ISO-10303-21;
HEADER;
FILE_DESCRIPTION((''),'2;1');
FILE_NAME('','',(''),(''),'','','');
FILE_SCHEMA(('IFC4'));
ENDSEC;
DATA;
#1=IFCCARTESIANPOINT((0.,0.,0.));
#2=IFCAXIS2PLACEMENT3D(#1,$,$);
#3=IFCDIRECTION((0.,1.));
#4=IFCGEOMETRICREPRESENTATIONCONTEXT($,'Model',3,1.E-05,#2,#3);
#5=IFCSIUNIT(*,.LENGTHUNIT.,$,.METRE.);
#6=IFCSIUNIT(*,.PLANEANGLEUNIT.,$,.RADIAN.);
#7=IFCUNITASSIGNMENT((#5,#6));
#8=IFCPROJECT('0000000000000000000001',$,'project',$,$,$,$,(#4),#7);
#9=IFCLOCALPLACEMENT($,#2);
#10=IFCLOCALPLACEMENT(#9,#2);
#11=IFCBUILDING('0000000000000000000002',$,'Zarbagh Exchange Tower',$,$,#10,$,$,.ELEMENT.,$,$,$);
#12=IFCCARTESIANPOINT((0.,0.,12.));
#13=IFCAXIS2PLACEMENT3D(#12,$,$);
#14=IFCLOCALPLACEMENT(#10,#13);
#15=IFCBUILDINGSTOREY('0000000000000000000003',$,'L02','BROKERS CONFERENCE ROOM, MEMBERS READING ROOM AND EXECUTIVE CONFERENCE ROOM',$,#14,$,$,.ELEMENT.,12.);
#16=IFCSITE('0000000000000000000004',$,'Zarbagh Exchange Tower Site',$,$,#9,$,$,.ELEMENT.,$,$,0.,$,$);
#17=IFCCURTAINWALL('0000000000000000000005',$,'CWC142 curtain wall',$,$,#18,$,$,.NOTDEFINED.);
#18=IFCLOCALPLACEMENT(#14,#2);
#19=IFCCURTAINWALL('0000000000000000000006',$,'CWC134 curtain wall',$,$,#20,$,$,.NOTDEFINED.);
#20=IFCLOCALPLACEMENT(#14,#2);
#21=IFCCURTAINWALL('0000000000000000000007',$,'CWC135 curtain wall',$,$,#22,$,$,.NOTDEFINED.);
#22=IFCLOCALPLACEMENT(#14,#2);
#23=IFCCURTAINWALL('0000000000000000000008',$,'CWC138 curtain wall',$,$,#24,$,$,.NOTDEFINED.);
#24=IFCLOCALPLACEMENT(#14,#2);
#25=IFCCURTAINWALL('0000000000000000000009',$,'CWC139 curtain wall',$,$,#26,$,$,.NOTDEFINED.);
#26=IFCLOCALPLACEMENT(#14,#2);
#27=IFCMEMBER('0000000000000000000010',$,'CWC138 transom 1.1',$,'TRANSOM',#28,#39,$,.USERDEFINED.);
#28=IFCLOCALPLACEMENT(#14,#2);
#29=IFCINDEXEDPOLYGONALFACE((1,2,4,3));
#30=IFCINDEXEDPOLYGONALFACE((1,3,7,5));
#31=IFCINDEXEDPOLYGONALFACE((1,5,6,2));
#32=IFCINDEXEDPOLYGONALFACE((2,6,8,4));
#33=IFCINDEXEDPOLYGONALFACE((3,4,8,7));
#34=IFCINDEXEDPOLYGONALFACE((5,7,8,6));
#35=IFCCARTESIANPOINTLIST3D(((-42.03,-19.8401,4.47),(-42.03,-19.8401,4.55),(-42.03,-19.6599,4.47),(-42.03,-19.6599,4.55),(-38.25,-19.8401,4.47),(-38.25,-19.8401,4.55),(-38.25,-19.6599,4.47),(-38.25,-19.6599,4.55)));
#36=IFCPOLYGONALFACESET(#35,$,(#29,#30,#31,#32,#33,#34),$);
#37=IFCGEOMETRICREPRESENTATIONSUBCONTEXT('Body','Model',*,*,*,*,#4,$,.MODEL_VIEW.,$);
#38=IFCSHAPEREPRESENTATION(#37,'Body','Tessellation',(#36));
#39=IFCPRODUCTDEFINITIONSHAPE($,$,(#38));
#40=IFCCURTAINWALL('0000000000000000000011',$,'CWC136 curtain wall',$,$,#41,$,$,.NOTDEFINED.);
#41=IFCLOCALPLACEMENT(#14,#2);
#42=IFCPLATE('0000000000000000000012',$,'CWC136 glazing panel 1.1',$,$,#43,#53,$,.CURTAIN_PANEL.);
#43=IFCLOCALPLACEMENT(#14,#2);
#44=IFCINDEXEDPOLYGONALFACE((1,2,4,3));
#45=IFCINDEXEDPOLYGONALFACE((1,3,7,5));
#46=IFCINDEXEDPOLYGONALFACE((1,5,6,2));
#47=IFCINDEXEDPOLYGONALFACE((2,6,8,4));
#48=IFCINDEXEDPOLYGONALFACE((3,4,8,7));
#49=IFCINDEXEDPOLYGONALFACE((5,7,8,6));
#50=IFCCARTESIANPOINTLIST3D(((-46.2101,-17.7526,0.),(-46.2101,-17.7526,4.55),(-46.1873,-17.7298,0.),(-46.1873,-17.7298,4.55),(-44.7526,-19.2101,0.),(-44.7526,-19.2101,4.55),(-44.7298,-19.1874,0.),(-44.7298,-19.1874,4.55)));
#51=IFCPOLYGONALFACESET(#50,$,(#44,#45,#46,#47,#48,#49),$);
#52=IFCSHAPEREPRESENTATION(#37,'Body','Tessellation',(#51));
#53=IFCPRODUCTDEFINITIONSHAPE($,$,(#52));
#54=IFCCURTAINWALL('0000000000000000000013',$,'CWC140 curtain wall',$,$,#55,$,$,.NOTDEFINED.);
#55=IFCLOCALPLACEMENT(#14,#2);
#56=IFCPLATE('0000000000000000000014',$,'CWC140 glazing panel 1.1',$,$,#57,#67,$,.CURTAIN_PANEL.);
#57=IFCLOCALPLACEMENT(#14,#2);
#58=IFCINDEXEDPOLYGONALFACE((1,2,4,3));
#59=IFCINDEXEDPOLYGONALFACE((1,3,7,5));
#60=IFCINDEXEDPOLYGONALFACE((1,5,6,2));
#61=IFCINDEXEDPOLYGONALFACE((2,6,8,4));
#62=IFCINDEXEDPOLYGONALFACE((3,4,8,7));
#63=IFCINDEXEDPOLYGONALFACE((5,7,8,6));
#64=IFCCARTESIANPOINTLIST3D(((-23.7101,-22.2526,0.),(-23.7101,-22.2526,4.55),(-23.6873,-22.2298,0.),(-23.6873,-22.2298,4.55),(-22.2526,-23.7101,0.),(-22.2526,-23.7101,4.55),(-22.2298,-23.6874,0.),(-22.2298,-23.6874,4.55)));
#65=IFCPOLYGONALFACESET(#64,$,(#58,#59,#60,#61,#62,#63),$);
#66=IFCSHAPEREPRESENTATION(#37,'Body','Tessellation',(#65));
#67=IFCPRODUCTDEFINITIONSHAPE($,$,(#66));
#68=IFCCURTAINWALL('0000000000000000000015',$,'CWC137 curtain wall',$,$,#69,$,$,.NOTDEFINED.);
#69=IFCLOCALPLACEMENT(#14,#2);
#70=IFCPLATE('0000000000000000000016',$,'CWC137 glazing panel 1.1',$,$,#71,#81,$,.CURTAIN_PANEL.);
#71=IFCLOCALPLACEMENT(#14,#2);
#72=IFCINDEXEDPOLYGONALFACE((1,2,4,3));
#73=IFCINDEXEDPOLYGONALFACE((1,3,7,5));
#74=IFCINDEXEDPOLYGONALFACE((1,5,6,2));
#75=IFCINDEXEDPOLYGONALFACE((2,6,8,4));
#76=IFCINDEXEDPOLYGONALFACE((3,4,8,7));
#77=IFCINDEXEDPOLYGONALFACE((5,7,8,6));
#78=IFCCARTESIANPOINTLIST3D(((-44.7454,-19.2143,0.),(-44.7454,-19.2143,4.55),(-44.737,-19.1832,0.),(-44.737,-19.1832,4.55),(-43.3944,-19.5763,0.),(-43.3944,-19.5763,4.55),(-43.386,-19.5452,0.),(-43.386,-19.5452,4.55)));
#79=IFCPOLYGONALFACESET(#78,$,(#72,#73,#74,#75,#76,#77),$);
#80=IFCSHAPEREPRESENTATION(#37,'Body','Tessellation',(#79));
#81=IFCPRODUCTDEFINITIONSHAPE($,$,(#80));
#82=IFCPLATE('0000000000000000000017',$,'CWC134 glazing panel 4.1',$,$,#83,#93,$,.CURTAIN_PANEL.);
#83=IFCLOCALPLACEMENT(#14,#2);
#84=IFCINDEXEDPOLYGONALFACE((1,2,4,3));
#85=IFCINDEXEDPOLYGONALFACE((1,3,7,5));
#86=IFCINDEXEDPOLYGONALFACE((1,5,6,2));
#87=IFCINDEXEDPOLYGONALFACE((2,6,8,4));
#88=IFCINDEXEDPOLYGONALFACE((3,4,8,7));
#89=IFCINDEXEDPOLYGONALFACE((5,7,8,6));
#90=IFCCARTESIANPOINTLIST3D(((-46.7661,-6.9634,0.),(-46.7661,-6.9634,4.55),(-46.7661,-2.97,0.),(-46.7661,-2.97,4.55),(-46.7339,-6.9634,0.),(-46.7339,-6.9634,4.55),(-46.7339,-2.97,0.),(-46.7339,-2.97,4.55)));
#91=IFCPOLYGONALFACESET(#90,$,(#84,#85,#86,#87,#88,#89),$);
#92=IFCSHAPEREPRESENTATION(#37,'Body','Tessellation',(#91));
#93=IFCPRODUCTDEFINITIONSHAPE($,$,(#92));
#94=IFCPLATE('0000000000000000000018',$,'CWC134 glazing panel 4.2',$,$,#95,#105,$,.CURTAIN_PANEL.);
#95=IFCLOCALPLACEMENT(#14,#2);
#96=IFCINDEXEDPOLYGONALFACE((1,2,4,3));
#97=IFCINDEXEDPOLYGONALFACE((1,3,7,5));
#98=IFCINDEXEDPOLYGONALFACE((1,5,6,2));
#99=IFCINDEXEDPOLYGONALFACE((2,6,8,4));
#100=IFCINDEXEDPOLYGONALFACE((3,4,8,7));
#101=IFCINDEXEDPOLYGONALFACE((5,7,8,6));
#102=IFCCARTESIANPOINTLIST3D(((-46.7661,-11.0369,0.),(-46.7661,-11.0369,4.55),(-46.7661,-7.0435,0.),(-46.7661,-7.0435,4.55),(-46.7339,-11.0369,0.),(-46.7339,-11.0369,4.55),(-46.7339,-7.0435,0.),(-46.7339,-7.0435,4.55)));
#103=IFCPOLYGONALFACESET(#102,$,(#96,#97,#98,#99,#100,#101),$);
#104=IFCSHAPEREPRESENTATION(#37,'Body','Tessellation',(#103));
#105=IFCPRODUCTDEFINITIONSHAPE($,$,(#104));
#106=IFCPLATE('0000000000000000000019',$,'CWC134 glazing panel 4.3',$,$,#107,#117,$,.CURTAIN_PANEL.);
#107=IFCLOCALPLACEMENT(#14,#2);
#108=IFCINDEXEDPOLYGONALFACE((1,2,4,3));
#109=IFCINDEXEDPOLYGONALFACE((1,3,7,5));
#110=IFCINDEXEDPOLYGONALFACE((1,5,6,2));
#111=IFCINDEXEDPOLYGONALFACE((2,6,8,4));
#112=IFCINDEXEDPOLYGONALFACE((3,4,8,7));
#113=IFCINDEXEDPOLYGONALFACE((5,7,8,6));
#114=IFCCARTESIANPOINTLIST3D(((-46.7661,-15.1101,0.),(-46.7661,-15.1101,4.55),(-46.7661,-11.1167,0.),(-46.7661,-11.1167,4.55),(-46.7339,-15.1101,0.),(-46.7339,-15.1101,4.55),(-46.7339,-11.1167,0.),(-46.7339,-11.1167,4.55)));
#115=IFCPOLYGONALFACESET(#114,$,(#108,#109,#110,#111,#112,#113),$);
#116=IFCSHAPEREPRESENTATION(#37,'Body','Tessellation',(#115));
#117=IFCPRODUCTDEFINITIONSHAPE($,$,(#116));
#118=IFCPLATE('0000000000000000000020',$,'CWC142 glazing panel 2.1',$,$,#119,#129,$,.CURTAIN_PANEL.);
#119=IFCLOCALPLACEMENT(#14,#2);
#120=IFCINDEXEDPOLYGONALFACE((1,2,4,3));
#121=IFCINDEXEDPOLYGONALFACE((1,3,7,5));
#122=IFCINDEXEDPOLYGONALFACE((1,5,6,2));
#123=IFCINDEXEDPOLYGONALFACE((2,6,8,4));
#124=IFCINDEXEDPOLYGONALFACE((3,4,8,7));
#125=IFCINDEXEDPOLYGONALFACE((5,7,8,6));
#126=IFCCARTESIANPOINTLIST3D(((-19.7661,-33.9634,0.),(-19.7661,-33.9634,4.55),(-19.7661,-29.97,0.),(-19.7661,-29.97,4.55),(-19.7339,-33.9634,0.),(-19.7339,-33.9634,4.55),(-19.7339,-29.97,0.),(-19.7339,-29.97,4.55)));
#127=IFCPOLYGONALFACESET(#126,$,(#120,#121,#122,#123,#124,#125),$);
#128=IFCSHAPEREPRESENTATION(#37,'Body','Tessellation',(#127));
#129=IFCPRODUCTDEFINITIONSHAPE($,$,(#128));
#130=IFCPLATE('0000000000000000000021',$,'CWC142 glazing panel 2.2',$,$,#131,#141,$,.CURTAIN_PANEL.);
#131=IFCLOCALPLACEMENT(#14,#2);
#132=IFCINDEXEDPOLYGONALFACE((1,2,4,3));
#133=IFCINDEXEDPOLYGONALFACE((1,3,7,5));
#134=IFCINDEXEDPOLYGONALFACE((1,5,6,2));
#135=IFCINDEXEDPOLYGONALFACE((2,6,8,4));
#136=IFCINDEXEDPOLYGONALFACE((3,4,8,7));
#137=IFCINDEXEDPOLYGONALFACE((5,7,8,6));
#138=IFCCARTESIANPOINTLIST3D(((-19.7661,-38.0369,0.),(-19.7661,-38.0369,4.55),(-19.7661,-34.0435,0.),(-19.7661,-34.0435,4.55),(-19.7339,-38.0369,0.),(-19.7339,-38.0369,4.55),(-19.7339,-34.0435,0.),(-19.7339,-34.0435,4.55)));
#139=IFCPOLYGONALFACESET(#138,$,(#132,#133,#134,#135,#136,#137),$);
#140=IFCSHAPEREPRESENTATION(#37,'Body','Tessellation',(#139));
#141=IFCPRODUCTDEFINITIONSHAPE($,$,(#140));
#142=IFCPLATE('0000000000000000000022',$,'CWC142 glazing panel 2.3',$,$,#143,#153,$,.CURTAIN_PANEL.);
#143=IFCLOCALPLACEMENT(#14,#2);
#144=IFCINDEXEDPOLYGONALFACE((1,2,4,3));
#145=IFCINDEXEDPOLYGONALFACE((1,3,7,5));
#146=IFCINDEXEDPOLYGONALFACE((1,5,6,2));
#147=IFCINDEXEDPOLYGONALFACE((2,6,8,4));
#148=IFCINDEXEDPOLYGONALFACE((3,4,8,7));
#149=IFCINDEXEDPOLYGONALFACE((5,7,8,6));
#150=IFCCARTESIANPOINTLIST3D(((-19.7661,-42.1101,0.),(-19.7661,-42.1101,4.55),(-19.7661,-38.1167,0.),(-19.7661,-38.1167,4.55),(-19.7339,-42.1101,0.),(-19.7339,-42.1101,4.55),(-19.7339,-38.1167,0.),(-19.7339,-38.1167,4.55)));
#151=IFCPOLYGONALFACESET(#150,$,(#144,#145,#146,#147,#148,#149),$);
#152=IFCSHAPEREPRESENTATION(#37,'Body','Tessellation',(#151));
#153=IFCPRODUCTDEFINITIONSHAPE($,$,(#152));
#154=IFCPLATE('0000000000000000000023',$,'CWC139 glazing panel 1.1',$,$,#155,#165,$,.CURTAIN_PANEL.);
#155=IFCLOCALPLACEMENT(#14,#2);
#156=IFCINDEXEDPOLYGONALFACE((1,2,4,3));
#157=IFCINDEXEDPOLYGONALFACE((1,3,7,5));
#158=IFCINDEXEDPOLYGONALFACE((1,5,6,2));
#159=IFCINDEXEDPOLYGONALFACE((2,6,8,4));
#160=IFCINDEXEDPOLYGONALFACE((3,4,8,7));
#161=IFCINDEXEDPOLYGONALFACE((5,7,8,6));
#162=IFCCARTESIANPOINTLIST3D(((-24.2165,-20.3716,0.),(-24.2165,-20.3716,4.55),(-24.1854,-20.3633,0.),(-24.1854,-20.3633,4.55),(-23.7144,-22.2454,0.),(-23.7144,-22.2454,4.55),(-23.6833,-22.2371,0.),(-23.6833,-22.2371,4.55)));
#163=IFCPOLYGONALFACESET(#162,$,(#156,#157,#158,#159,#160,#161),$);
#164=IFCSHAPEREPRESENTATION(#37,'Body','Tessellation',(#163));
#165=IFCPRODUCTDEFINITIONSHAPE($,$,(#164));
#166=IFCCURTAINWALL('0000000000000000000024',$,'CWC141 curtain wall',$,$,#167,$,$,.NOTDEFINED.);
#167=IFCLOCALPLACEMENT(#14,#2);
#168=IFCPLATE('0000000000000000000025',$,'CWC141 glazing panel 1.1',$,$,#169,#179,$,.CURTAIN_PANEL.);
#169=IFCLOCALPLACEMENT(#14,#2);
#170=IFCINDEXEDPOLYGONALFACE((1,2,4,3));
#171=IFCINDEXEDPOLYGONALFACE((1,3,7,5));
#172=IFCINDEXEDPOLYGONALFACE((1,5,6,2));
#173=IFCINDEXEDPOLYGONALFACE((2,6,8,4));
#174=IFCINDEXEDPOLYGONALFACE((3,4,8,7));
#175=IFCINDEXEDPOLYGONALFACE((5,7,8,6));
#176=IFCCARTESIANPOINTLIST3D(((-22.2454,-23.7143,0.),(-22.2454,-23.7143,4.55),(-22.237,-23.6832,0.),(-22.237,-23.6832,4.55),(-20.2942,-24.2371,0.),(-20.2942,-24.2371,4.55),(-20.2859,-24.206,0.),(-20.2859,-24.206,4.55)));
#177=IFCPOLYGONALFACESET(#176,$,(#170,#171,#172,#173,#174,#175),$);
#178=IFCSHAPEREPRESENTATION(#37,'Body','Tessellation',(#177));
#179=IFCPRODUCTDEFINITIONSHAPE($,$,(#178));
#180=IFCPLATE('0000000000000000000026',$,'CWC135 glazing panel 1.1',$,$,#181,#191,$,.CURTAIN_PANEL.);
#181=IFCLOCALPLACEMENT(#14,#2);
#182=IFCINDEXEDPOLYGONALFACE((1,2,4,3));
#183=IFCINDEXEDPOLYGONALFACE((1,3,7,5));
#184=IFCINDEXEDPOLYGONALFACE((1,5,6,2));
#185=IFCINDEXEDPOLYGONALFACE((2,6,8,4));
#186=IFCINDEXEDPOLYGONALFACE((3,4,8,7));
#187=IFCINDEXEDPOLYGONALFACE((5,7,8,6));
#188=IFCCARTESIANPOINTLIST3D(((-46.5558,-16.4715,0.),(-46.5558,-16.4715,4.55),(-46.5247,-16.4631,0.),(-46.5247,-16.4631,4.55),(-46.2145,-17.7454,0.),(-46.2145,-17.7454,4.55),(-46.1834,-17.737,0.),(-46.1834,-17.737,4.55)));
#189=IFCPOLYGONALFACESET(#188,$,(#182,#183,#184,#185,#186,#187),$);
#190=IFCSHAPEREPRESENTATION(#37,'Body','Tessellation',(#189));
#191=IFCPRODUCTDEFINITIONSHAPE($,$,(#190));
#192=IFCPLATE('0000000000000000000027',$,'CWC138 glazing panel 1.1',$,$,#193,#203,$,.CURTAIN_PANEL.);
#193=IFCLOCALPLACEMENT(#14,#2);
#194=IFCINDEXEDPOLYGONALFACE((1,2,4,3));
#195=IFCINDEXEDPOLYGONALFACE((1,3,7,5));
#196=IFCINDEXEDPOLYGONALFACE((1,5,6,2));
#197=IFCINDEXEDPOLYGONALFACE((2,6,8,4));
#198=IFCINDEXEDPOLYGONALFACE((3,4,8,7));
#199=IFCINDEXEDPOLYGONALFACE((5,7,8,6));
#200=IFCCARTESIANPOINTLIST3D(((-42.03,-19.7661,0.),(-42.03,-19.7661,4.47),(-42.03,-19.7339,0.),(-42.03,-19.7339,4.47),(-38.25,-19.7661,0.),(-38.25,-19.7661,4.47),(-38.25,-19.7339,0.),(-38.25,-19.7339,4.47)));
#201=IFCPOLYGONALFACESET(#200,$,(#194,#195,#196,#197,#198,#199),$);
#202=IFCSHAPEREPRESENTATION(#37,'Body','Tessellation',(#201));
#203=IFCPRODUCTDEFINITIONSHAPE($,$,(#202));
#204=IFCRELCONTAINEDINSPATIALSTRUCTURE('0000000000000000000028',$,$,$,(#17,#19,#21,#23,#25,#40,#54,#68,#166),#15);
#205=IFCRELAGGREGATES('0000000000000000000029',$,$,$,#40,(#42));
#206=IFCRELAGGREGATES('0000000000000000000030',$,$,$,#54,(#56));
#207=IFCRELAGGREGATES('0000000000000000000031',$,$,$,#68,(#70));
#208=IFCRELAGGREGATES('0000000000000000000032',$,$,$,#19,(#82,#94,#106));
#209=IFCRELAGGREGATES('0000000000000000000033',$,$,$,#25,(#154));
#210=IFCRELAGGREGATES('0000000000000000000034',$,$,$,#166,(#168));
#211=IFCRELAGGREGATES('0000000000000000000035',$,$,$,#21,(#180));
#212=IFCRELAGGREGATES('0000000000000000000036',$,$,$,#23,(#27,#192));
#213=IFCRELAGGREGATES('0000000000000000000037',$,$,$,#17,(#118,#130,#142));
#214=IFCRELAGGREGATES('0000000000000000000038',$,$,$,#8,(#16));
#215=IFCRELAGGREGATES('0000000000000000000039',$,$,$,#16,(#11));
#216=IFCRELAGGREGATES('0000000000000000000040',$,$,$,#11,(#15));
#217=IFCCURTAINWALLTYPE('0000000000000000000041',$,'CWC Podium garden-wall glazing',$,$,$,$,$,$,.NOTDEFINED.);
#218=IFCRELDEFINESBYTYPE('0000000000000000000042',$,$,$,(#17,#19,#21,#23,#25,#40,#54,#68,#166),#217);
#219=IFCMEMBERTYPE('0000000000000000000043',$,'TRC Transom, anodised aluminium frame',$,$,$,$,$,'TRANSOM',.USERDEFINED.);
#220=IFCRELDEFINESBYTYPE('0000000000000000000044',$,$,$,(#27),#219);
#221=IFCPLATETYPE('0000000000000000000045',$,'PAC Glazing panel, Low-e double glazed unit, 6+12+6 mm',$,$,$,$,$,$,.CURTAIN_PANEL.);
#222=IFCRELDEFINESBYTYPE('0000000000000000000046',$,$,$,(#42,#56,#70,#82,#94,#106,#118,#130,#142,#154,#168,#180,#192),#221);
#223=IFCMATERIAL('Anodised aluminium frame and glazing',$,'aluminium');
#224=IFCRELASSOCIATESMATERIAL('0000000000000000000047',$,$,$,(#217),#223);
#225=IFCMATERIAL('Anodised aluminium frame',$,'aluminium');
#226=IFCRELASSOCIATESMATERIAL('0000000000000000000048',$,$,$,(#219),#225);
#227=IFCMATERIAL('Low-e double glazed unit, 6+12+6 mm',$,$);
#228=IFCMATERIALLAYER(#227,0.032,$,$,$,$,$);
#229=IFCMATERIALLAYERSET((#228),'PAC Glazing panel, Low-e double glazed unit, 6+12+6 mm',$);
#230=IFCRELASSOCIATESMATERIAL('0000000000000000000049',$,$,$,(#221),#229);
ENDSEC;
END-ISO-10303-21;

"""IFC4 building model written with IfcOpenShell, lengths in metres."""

from ifc_helpers import new_model, si_unit, direction, frame, origin, place, context, subcontext, project, spatial, polyline, outline, extrude, source, transform, mapped, material, layer, layer_set, type_object, element, aggregate, save


model = new_model("IFC4")

# Units and contexts
model_context = context("Model", 3, precision=1e-05, world=origin(), true_north=direction((0.0, 1.0)))
body_context = subcontext(model_context, "Body", "Model", "MODEL_VIEW")
ifc_project = project(units=[si_unit("LENGTHUNIT", "METRE"), si_unit("PLANEANGLEUNIT", "RADIAN")], contexts=[model_context])

# Site, building, storey
site_placement = place(None, origin())
site = spatial("IfcSite", under=ifc_project, at=site_placement, Name="Zarbagh Exchange Tower Site", CompositionType="ELEMENT", RefElevation=0.0)
building_placement = place(site_placement, origin())
building = spatial("IfcBuilding", under=site, at=building_placement, Name="Zarbagh Exchange Tower", CompositionType="ELEMENT")
storey_placement = place(building_placement, frame((0.0, 0.0, 12.0)))
storey = spatial("IfcBuildingStorey", under=building, at=storey_placement, Name="L02", Description="BROKERS CONFERENCE ROOM, MEMBERS READING ROOM AND EXECUTIVE CONFERENCE ROOM", CompositionType="ELEMENT", Elevation=12.0)

# Curtain wall
ifc_material_1 = material(Name="Anodised aluminium frame and glazing", Category="aluminium")
curtain_wall_type_1 = type_object("IfcCurtainWallType", Name="CWC Podium garden-wall glazing", PredefinedType="NOTDEFINED", material=ifc_material_1)
curtain_wall_1_placement = place(storey_placement, origin())
curtain_wall_1 = element("IfcCurtainWall", 1, at=curtain_wall_1_placement, inside=storey, type_object=curtain_wall_type_1, Name="CWC142 curtain wall", PredefinedType="NOTDEFINED")
ifc_material_2 = material(Name="Anodised aluminium frame", Category="aluminium")
member_type_1 = type_object("IfcMemberType", Name="TRC Transom, anodised aluminium frame", ElementType="TRANSOM", PredefinedType="USERDEFINED", material=ifc_material_2)
placement = place(storey_placement, origin())

# Curtain wall
curtain_wall_2_placement = place(storey_placement, origin())
curtain_wall_2 = element("IfcCurtainWall", 2, at=curtain_wall_2_placement, inside=storey, type_object=curtain_wall_type_1, Name="CWC134 curtain wall", PredefinedType="NOTDEFINED")

# Curtain wall
curtain_wall_3_placement = place(storey_placement, origin())
curtain_wall_3 = element("IfcCurtainWall", 3, at=curtain_wall_3_placement, inside=storey, type_object=curtain_wall_type_1, Name="CWC135 curtain wall", PredefinedType="NOTDEFINED")

# Curtain wall
curtain_wall_4_placement = place(storey_placement, origin())
curtain_wall_4 = element("IfcCurtainWall", 4, at=curtain_wall_4_placement, inside=storey, type_object=curtain_wall_type_1, Name="CWC138 curtain wall", PredefinedType="NOTDEFINED")

# Curtain wall
curtain_wall_5_placement = place(storey_placement, origin())
curtain_wall_5 = element("IfcCurtainWall", 5, at=curtain_wall_5_placement, inside=storey, type_object=curtain_wall_type_1, Name="CWC139 curtain wall", PredefinedType="NOTDEFINED")

# Member
shared_shape_1 = source(origin(), body_context, "Body", "SweptSolid", [
    extrude(outline(polyline([(-0.0801, -0.0901), (0.0, -0.0901), (0.0, 0.0901), (-0.0801, 0.0901), (-0.0801, -0.0901)])), origin(), (0.0, 0.0, 1.0), 3.78),
])
member_1 = element("IfcMember", 6, at=placement, type_object=member_type_1, Name="CWC138 transom 1.1", ObjectType="TRANSOM", PredefinedType="USERDEFINED", context=body_context, shape_type="MappedRepresentation", body=[
    mapped(shared_shape_1, transform((-42.03, -19.75, 4.55), x_axis=(0.0, 0.0, 1.0), y_axis=(0.0, -1.0, 0.0), z_axis=(1.0, 0.0, 0.0))),
])

# Curtain walls, plates
curtain_wall_6_placement = place(storey_placement, origin())
curtain_wall_6 = element("IfcCurtainWall", 7, at=curtain_wall_6_placement, inside=storey, type_object=curtain_wall_type_1, Name="CWC136 curtain wall", PredefinedType="NOTDEFINED")
ifc_material_3 = material(Name="Low-e double glazed unit, 6+12+6 mm")
ifc_layer = layer(ifc_material_3, 0.032)
ifc_layer_set = layer_set([ifc_layer], Name="PAC Glazing panel, Low-e double glazed unit, 6+12+6 mm")
plate_type = type_object("IfcPlateType", Name="PAC Glazing panel, Low-e double glazed unit, 6+12+6 mm", PredefinedType="CURTAIN_PANEL", material=ifc_layer_set)
shared_shape_2 = source(origin(), body_context, "Body", "SweptSolid", [
    extrude(outline(polyline([(0.0, -0.0161), (2.0613, -0.0161), (2.0613, 0.0161), (0.0, 0.0161), (0.0, -0.0161)])), origin(), (0.0, 0.0, 1.0), 4.55),
])
plate_1 = element("IfcPlate", 8, at=placement, type_object=plate_type, Name="CWC136 glazing panel 1.1", PredefinedType="CURTAIN_PANEL", context=body_context, shape_type="MappedRepresentation", body=[
    mapped(shared_shape_2, transform((-46.1987, -17.7412, 0.0), x_axis=(0.707107, -0.707107, 0.0), y_axis=(0.707107, 0.707107, 0.0), z_axis=(0.0, 0.0, 1.0))),
])
aggregate(curtain_wall_6, [plate_1])
curtain_wall_7_placement = place(storey_placement, origin())
curtain_wall_7 = element("IfcCurtainWall", 9, at=curtain_wall_7_placement, inside=storey, type_object=curtain_wall_type_1, Name="CWC140 curtain wall", PredefinedType="NOTDEFINED")
plate_2 = element("IfcPlate", 10, at=placement, type_object=plate_type, Name="CWC140 glazing panel 1.1", PredefinedType="CURTAIN_PANEL", context=body_context, shape_type="MappedRepresentation", body=[
    mapped(shared_shape_2, transform((-23.6987, -22.2412, 0.0), x_axis=(0.707107, -0.707107, 0.0), y_axis=(0.707107, 0.707107, 0.0), z_axis=(0.0, 0.0, 1.0))),
])
aggregate(curtain_wall_7, [plate_2])
curtain_wall_8_placement = place(storey_placement, origin())
curtain_wall_8 = element("IfcCurtainWall", 11, at=curtain_wall_8_placement, inside=storey, type_object=curtain_wall_type_1, Name="CWC137 curtain wall", PredefinedType="NOTDEFINED")
shared_shape_3 = source(origin(), body_context, "Body", "SweptSolid", [
    extrude(outline(polyline([(0.0, -0.0161), (1.3987, -0.0161), (1.3987, 0.0161), (0.0, 0.0161), (0.0, -0.0161)])), origin(), (0.0, 0.0, 1.0), 4.55),
])
plate_3 = element("IfcPlate", 12, at=placement, type_object=plate_type, Name="CWC137 glazing panel 1.1", PredefinedType="CURTAIN_PANEL", context=body_context, shape_type="MappedRepresentation", body=[
    mapped(shared_shape_3, transform((-44.7412, -19.1987, 0.0), x_axis=(0.965924, -0.258825, 0.0), y_axis=(0.258825, 0.965924, 0.0), z_axis=(0.0, 0.0, 1.0))),
])
aggregate(curtain_wall_8, [plate_3])

# Plates
shared_shape_4 = source(origin(), body_context, "Body", "SweptSolid", [
    extrude(outline(polyline([(0.0, -0.0161), (3.9934, -0.0161), (3.9934, 0.0161), (0.0, 0.0161), (0.0, -0.0161)])), origin(), (0.0, 0.0, 1.0), 4.55),
])
plate_4 = element("IfcPlate", 13, at=placement, type_object=plate_type, Name="CWC134 glazing panel 4.1", PredefinedType="CURTAIN_PANEL", context=body_context, shape_type="MappedRepresentation", body=[
    mapped(shared_shape_4, transform((-46.75, -2.97, 0.0), x_axis=(0.0, -1.0, 0.0), y_axis=(1.0, 0.0, 0.0), z_axis=(0.0, 0.0, 1.0))),
])
plate_5 = element("IfcPlate", 14, at=placement, type_object=plate_type, Name="CWC134 glazing panel 4.2", PredefinedType="CURTAIN_PANEL", context=body_context, shape_type="MappedRepresentation", body=[
    mapped(shared_shape_4, transform((-46.75, -7.0435, 0.0), x_axis=(0.0, -1.0, 0.0), y_axis=(1.0, 0.0, 0.0), z_axis=(0.0, 0.0, 1.0))),
])
plate_6 = element("IfcPlate", 15, at=placement, type_object=plate_type, Name="CWC134 glazing panel 4.3", PredefinedType="CURTAIN_PANEL", context=body_context, shape_type="MappedRepresentation", body=[
    mapped(shared_shape_4, transform((-46.75, -11.1167, 0.0), x_axis=(0.0, -1.0, 0.0), y_axis=(1.0, 0.0, 0.0), z_axis=(0.0, 0.0, 1.0))),
])
aggregate(curtain_wall_2, [plate_4, plate_5, plate_6])
plate_7 = element("IfcPlate", 16, at=placement, type_object=plate_type, Name="CWC142 glazing panel 2.1", PredefinedType="CURTAIN_PANEL", context=body_context, shape_type="MappedRepresentation", body=[
    mapped(shared_shape_4, transform((-19.75, -29.97, 0.0), x_axis=(0.0, -1.0, 0.0), y_axis=(1.0, 0.0, 0.0), z_axis=(0.0, 0.0, 1.0))),
])
plate_8 = element("IfcPlate", 17, at=placement, type_object=plate_type, Name="CWC142 glazing panel 2.2", PredefinedType="CURTAIN_PANEL", context=body_context, shape_type="MappedRepresentation", body=[
    mapped(shared_shape_4, transform((-19.75, -34.0435, 0.0), x_axis=(0.0, -1.0, 0.0), y_axis=(1.0, 0.0, 0.0), z_axis=(0.0, 0.0, 1.0))),
])
plate_9 = element("IfcPlate", 18, at=placement, type_object=plate_type, Name="CWC142 glazing panel 2.3", PredefinedType="CURTAIN_PANEL", context=body_context, shape_type="MappedRepresentation", body=[
    mapped(shared_shape_4, transform((-19.75, -38.1167, 0.0), x_axis=(0.0, -1.0, 0.0), y_axis=(1.0, 0.0, 0.0), z_axis=(0.0, 0.0, 1.0))),
])
shared_shape_5 = source(origin(), body_context, "Body", "SweptSolid", [
    extrude(outline(polyline([(0.0, -0.0161), (1.9399, -0.0161), (1.9399, 0.0161), (0.0, 0.0161), (0.0, -0.0161)])), origin(), (0.0, 0.0, 1.0), 4.55),
])
plate_10 = element("IfcPlate", 19, at=placement, type_object=plate_type, Name="CWC139 glazing panel 1.1", PredefinedType="CURTAIN_PANEL", context=body_context, shape_type="MappedRepresentation", body=[
    mapped(shared_shape_5, transform((-24.2009, -20.3674, 0.0), x_axis=(0.258825, -0.965924, 0.0), y_axis=(0.965924, 0.258825, 0.0), z_axis=(0.0, 0.0, 1.0))),
])
aggregate(curtain_wall_5, [plate_10])

# Curtain wall, plate
curtain_wall_9_placement = place(storey_placement, origin())
curtain_wall_9 = element("IfcCurtainWall", 20, at=curtain_wall_9_placement, inside=storey, type_object=curtain_wall_type_1, Name="CWC141 curtain wall", PredefinedType="NOTDEFINED")
shared_shape_6 = source(origin(), body_context, "Body", "SweptSolid", [
    extrude(outline(polyline([(0.0, -0.0161), (2.02, -0.0161), (2.02, 0.0161), (0.0, 0.0161), (0.0, -0.0161)])), origin(), (0.0, 0.0, 1.0), 4.55),
])
plate_11 = element("IfcPlate", 21, at=placement, type_object=plate_type, Name="CWC141 glazing panel 1.1", PredefinedType="CURTAIN_PANEL", context=body_context, shape_type="MappedRepresentation", body=[
    mapped(shared_shape_6, transform((-22.2412, -23.6987, 0.0), x_axis=(0.965924, -0.258825, 0.0), y_axis=(0.258825, 0.965924, 0.0), z_axis=(0.0, 0.0, 1.0))),
])
aggregate(curtain_wall_9, [plate_11])

# Plates
shared_shape_7 = source(origin(), body_context, "Body", "SweptSolid", [
    extrude(outline(polyline([(0.0, -0.0161), (1.3188, -0.0161), (1.3188, 0.0161), (0.0, 0.0161), (0.0, -0.0161)])), origin(), (0.0, 0.0, 1.0), 4.55),
])
plate_12 = element("IfcPlate", 22, at=placement, type_object=plate_type, Name="CWC135 glazing panel 1.1", PredefinedType="CURTAIN_PANEL", context=body_context, shape_type="MappedRepresentation", body=[
    mapped(shared_shape_7, transform((-46.5403, -16.4673, 0.0), x_axis=(0.258825, -0.965924, 0.0), y_axis=(0.965924, 0.258825, 0.0), z_axis=(0.0, 0.0, 1.0))),
])
aggregate(curtain_wall_3, [plate_12])
shared_shape_8 = source(origin(), body_context, "Body", "SweptSolid", [
    extrude(outline(polyline([(0.0, -0.0161), (3.78, -0.0161), (3.78, 0.0161), (0.0, 0.0161), (0.0, -0.0161)])), origin(), (0.0, 0.0, 1.0), 4.47),
])
plate_13 = element("IfcPlate", 23, at=placement, type_object=plate_type, Name="CWC138 glazing panel 1.1", PredefinedType="CURTAIN_PANEL", context=body_context, shape_type="MappedRepresentation", body=[
    mapped(shared_shape_8, transform((-42.03, -19.75, 0.0), x_axis=(1.0, 0.0, 0.0), y_axis=(0.0, 1.0, 0.0), z_axis=(0.0, 0.0, 1.0))),
])
aggregate(curtain_wall_4, [member_1, plate_13])

aggregate(curtain_wall_1, [plate_7, plate_8, plate_9])

save(model, "model.ifc")
